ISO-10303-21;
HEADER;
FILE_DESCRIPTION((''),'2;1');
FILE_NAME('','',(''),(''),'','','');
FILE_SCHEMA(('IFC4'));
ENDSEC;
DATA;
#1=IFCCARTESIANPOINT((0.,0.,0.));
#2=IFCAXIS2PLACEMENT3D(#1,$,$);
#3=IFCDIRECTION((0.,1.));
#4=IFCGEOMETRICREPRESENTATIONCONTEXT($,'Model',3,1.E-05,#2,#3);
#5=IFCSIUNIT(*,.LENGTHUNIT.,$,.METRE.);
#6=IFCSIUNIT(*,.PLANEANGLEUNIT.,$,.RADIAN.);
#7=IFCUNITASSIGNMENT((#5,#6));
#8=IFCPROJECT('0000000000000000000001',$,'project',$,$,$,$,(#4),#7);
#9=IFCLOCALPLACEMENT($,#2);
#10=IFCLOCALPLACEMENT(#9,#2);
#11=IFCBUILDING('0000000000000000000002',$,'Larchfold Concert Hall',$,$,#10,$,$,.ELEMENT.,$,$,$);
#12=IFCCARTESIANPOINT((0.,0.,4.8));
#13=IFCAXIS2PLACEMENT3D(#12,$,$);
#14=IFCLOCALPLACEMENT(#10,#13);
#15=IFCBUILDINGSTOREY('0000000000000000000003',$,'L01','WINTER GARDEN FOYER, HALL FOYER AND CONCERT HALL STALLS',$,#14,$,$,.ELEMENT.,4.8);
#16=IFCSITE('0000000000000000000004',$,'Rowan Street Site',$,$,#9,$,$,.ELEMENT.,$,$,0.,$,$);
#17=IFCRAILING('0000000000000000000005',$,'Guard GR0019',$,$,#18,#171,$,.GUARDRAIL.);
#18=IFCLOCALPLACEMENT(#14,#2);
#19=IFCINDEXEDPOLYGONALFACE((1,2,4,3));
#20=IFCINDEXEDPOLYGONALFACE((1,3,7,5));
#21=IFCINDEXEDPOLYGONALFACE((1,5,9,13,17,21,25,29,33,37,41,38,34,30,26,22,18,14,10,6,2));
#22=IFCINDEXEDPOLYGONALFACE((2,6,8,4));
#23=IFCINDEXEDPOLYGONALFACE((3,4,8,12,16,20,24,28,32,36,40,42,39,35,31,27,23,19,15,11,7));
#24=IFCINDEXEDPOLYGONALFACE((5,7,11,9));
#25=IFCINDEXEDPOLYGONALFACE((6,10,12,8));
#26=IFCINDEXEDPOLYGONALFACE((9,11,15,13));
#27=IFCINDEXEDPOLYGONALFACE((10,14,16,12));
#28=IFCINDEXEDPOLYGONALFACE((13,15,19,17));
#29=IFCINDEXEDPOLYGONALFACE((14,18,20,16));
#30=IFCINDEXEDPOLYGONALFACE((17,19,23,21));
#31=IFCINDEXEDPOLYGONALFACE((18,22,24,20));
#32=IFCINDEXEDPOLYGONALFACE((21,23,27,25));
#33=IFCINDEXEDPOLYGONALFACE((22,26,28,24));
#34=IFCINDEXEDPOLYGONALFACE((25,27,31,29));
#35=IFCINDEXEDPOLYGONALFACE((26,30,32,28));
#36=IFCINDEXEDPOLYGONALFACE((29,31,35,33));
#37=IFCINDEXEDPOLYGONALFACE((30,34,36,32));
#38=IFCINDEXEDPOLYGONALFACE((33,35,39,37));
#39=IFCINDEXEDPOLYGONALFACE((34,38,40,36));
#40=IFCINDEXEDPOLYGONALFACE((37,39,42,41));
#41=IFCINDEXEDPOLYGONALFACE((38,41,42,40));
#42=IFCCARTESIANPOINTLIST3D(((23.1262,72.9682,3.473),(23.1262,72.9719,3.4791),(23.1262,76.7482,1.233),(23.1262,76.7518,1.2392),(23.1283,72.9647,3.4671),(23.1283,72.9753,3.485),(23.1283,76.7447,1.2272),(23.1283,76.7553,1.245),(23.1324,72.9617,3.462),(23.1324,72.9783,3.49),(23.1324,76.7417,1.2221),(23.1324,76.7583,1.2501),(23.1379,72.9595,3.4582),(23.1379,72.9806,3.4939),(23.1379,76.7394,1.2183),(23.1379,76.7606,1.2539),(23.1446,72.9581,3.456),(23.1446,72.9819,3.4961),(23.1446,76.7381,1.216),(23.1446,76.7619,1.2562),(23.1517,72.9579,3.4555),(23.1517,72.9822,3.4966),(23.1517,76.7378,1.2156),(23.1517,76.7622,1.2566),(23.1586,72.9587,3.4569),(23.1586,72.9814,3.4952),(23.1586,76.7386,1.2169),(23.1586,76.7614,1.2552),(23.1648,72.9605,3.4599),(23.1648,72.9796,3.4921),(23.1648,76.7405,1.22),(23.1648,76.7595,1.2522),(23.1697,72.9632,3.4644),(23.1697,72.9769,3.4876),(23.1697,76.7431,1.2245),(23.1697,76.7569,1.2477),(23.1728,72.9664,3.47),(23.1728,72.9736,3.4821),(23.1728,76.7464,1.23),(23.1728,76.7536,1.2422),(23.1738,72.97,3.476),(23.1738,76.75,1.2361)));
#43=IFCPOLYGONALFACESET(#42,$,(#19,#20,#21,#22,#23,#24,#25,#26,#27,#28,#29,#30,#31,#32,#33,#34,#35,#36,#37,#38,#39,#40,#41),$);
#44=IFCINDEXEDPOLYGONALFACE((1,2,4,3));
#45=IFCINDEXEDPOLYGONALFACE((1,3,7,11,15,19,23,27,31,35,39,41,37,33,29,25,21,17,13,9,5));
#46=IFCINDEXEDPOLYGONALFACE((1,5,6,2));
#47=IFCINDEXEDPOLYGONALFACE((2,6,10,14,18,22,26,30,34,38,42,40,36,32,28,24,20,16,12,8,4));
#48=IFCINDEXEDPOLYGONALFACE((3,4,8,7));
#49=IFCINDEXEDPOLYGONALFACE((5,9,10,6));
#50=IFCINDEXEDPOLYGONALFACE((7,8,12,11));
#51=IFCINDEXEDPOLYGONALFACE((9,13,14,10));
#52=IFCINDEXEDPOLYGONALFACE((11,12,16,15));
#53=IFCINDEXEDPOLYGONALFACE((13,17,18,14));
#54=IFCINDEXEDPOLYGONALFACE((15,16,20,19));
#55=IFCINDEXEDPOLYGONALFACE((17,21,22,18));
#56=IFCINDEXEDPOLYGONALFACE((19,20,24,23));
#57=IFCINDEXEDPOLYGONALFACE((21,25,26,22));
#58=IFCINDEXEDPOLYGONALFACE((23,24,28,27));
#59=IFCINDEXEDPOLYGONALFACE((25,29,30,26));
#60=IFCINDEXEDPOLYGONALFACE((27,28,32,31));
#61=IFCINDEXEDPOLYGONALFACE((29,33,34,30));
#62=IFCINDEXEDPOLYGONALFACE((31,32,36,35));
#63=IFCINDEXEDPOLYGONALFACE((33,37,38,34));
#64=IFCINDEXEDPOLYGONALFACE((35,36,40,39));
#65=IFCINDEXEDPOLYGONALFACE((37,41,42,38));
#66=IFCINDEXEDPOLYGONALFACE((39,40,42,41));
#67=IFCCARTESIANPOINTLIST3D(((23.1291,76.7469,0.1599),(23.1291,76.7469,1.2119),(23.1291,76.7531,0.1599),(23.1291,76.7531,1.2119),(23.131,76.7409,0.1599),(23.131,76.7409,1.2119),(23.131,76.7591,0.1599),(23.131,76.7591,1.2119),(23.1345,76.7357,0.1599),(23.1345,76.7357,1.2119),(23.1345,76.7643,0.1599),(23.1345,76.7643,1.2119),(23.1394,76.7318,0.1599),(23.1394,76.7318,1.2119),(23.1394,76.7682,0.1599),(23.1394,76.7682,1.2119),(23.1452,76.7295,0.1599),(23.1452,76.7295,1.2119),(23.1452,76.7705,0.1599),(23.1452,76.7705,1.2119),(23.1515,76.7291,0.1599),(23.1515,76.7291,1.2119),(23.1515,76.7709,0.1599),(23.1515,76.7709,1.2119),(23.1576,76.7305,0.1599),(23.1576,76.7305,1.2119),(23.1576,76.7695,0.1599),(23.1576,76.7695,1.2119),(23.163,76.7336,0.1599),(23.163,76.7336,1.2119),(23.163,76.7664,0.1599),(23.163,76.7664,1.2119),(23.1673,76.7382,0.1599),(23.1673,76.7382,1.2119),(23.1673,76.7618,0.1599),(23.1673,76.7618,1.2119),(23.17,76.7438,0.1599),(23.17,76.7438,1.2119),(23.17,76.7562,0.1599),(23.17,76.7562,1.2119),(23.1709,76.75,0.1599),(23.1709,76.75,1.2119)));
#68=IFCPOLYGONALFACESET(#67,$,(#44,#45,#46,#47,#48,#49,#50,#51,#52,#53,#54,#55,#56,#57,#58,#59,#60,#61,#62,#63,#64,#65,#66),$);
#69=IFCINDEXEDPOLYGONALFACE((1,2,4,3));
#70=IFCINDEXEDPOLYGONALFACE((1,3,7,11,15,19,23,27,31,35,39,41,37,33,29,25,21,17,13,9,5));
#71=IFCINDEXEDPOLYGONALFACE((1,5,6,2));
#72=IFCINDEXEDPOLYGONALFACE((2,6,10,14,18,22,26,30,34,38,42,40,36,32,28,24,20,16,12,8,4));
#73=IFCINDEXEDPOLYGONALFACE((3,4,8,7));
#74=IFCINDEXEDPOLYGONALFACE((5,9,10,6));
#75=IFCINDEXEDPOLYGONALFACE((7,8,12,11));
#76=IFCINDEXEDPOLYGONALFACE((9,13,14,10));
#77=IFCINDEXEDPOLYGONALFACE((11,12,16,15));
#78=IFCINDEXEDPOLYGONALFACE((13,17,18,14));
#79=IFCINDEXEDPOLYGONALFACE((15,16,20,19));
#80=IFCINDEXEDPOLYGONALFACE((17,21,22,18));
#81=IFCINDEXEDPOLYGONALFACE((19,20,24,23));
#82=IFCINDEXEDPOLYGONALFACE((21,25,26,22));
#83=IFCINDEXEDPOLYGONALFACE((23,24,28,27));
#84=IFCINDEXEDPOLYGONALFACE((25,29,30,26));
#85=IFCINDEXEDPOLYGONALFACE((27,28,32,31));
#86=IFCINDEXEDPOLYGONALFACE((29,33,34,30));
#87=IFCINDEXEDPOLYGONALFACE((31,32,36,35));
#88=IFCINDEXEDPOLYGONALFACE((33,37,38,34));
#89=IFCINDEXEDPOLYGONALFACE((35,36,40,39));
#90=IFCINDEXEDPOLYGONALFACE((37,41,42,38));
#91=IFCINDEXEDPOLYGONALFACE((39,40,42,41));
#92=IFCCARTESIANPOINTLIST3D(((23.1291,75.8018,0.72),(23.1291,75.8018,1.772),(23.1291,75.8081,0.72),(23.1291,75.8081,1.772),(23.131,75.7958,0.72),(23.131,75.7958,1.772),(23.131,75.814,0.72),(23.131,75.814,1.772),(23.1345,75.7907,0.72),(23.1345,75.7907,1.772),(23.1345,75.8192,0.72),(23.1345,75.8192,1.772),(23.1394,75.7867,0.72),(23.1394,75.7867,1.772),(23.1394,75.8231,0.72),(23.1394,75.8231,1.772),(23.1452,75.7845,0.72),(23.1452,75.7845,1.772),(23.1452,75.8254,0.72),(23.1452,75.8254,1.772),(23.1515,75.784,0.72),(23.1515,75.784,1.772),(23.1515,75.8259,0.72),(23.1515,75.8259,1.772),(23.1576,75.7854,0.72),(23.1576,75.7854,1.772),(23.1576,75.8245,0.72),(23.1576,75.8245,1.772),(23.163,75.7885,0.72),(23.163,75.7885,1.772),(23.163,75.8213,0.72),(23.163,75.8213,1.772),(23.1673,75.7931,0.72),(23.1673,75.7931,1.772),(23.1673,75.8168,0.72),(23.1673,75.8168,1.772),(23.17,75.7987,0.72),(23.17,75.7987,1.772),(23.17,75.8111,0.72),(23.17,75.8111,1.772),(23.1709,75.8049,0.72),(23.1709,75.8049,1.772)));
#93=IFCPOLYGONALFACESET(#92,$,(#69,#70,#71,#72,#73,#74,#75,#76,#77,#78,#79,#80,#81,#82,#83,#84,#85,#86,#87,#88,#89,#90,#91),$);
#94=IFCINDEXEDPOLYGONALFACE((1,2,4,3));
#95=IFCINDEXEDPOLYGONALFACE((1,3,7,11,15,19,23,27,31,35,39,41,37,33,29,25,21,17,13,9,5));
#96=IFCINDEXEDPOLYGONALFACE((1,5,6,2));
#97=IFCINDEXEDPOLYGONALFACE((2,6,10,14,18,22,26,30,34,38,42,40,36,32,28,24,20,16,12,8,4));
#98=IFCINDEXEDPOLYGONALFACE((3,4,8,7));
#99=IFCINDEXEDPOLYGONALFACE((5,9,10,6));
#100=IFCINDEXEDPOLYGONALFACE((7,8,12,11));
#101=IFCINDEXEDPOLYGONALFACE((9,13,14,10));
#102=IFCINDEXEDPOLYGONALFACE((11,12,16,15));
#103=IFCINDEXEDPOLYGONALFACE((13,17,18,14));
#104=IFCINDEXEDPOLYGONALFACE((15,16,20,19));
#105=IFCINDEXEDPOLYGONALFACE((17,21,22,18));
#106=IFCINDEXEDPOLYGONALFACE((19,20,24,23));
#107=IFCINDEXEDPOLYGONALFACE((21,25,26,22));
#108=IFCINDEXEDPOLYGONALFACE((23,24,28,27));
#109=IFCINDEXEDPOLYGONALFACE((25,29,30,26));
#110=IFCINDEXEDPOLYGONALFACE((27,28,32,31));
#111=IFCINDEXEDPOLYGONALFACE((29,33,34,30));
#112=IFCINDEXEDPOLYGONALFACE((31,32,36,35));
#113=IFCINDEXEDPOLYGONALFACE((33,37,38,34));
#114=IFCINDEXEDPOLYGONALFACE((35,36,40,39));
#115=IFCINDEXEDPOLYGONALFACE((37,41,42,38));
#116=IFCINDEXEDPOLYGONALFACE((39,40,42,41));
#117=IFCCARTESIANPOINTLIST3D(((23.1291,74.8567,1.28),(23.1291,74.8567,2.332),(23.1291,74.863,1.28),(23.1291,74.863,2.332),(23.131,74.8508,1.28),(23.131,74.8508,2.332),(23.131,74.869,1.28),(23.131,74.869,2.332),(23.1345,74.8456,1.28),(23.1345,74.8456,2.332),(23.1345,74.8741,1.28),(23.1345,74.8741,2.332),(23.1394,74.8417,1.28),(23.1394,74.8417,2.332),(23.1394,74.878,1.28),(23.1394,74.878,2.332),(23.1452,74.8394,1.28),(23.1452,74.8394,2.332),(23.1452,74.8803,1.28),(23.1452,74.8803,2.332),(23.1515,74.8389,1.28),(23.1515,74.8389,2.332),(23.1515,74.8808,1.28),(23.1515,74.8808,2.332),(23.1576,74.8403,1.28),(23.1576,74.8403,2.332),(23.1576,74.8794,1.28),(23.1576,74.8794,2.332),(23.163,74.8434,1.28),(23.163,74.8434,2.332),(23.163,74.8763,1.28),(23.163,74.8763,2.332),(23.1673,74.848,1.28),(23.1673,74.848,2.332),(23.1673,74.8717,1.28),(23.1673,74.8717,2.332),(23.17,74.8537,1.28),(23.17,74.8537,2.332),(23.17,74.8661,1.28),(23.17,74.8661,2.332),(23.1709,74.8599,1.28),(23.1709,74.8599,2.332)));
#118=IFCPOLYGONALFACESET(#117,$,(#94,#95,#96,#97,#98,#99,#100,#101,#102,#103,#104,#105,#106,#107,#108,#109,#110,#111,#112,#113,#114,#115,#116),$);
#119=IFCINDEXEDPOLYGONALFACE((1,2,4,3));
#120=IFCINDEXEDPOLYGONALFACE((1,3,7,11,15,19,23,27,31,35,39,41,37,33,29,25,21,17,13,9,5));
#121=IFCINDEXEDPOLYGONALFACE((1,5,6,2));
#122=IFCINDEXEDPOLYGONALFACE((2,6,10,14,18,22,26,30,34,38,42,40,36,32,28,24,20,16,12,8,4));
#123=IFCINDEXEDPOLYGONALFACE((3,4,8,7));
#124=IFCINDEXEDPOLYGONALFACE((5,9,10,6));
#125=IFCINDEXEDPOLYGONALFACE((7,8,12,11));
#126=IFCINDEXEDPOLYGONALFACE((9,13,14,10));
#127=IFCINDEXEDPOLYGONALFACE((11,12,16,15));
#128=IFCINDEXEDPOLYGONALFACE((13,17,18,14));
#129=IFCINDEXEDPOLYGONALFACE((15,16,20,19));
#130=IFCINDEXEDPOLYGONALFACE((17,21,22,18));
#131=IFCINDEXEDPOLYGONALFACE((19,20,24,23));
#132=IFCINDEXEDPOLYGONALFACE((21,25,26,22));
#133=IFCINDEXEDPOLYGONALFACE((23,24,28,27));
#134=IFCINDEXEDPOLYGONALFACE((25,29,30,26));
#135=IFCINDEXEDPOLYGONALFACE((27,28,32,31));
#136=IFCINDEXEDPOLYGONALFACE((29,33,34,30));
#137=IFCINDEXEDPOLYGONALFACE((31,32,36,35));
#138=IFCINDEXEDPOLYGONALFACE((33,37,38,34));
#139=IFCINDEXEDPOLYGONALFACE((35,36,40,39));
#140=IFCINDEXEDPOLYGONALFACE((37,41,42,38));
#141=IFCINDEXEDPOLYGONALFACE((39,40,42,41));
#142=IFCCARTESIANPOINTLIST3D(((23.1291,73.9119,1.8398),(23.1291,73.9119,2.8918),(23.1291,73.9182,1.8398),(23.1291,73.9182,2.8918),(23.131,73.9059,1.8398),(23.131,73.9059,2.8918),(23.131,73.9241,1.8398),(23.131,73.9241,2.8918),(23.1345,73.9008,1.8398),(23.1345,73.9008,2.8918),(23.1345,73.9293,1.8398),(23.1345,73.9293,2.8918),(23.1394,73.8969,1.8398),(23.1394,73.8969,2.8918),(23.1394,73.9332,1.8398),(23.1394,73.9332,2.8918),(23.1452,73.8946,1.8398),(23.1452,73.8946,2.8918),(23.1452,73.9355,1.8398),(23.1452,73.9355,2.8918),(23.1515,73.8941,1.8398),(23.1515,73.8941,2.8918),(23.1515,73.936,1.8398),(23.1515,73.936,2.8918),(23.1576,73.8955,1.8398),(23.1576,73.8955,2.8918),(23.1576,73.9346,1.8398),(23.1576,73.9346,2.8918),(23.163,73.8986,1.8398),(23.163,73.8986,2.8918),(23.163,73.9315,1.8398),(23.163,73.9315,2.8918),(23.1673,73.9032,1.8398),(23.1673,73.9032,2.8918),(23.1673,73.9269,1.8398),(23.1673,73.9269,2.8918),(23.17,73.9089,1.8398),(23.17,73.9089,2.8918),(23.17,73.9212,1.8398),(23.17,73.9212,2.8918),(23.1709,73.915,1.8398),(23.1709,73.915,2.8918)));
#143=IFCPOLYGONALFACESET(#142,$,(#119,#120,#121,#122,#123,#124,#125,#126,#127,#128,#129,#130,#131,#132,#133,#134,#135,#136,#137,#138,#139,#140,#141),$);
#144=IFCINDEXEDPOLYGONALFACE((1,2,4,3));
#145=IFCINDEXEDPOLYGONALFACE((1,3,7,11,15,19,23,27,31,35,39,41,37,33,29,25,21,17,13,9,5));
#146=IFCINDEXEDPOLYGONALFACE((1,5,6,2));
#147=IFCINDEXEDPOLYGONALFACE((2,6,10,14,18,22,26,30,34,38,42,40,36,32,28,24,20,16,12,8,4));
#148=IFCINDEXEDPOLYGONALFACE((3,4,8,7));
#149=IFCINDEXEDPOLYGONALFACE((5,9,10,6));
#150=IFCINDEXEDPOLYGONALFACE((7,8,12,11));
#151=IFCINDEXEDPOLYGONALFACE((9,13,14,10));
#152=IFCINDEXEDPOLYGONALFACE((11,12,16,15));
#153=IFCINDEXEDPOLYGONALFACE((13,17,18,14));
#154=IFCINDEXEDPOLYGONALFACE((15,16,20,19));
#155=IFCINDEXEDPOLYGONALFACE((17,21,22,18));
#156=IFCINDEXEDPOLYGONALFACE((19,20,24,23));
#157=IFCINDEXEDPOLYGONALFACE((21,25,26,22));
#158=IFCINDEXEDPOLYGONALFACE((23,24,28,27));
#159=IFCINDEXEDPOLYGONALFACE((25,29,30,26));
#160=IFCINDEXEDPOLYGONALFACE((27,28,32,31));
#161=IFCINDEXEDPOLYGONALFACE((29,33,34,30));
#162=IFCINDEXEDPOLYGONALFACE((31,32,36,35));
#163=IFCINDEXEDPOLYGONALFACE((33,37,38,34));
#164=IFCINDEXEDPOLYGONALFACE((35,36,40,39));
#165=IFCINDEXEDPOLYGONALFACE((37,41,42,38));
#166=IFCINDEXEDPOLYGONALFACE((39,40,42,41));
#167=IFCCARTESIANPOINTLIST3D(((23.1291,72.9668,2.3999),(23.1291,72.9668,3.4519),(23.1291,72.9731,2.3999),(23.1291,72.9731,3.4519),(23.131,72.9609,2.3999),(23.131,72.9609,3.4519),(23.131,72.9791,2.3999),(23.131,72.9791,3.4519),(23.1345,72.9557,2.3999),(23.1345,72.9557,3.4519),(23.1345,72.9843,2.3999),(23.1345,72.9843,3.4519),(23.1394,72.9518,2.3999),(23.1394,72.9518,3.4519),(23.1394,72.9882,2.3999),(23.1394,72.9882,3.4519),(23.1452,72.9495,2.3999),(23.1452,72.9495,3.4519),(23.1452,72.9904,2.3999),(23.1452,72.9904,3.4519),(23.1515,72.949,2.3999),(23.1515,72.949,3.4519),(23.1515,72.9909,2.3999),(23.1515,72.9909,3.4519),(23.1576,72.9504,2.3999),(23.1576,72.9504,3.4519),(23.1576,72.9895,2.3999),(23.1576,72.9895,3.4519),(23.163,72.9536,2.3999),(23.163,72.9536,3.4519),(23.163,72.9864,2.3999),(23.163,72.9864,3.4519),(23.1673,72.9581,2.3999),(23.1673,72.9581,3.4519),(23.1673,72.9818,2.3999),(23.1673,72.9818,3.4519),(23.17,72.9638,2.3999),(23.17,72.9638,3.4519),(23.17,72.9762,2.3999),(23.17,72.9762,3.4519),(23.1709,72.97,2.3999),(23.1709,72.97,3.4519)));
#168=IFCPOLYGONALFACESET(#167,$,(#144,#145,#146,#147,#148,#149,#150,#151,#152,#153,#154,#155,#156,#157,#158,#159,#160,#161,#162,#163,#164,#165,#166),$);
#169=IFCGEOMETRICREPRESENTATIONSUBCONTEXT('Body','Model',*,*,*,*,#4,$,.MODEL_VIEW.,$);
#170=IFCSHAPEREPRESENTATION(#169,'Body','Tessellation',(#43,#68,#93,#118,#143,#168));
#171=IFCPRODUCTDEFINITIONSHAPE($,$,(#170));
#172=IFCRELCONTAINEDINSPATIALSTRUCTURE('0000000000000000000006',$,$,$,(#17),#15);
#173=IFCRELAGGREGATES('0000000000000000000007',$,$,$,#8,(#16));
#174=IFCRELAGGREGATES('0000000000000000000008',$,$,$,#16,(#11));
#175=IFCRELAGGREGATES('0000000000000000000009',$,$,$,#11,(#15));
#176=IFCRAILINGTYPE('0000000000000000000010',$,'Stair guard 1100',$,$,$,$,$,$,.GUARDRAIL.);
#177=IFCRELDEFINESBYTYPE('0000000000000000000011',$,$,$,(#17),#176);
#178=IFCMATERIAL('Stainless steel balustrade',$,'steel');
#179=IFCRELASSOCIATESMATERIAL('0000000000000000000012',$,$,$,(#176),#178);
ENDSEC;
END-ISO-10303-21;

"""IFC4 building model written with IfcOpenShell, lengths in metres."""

from ifc_helpers import new_model, si_unit, direction, frame, origin, origin_2d, place, context, subcontext, project, spatial, circle, extrude, material, type_object, element, save


model = new_model("IFC4")

# Units and contexts
model_context = context("Model", 3, precision=1e-05, world=origin(), true_north=direction((0.0, 1.0)))
body_context = subcontext(model_context, "Body", "Model", "MODEL_VIEW")
ifc_project = project(units=[si_unit("LENGTHUNIT", "METRE"), si_unit("PLANEANGLEUNIT", "RADIAN")], contexts=[model_context])

# Site, building, storey
site_placement = place(None, origin())
site = spatial("IfcSite", under=ifc_project, at=site_placement, Name="Rowan Street Site", CompositionType="ELEMENT", RefElevation=0.0)
building_placement = place(site_placement, origin())
building = spatial("IfcBuilding", under=site, at=building_placement, Name="Larchfold Concert Hall", CompositionType="ELEMENT")
storey_placement = place(building_placement, frame((0.0, 0.0, 4.8)))
storey = spatial("IfcBuildingStorey", under=building, at=storey_placement, Name="L01", Description="WINTER GARDEN FOYER, HALL FOYER AND CONCERT HALL STALLS", CompositionType="ELEMENT", Elevation=4.8)

# Railing
ifc_material_1 = material(Name="Stainless steel balustrade", Category="steel")
railing_type_1 = type_object("IfcRailingType", Name="Stair guard 1100", PredefinedType="GUARDRAIL", material=ifc_material_1)
railing_1_placement = place(storey_placement, frame((23.1499, 76.75, 0.1599)))
element("IfcRailing", 1, at=railing_1_placement, inside=storey, type_object=railing_type_1, Name="Guard GR0019", PredefinedType="GUARDRAIL", context=body_context, shape_type="SweptSolid", body=[
    extrude(circle(Radius=0.0239, at=origin_2d()), frame((0.0, 0.0, 1.0762), z_axis=(0.0, -0.860294, 0.509798), x_axis=(1.0, 0.0, 0.0)), (0.0, 0.0, 1.0), 4.3938),
    extrude(circle(Radius=0.021, at=origin_2d()), origin(), (0.0, 0.0, 1.0), 1.052),
    extrude(circle(Radius=0.021, at=origin_2d()), frame((0.0, -0.9451, 0.5601)), (0.0, 0.0, 1.0), 1.052),
    extrude(circle(Radius=0.021, at=origin_2d()), frame((0.0, -1.8901, 1.1201)), (0.0, 0.0, 1.0), 1.052),
    extrude(circle(Radius=0.021, at=origin_2d()), frame((0.0, -2.835, 1.6799)), (0.0, 0.0, 1.0), 1.052),
    extrude(circle(Radius=0.021, at=origin_2d()), frame((0.0, -3.78, 2.24)), (0.0, 0.0, 1.0), 1.052),
])

save(model, "model.ifc")
